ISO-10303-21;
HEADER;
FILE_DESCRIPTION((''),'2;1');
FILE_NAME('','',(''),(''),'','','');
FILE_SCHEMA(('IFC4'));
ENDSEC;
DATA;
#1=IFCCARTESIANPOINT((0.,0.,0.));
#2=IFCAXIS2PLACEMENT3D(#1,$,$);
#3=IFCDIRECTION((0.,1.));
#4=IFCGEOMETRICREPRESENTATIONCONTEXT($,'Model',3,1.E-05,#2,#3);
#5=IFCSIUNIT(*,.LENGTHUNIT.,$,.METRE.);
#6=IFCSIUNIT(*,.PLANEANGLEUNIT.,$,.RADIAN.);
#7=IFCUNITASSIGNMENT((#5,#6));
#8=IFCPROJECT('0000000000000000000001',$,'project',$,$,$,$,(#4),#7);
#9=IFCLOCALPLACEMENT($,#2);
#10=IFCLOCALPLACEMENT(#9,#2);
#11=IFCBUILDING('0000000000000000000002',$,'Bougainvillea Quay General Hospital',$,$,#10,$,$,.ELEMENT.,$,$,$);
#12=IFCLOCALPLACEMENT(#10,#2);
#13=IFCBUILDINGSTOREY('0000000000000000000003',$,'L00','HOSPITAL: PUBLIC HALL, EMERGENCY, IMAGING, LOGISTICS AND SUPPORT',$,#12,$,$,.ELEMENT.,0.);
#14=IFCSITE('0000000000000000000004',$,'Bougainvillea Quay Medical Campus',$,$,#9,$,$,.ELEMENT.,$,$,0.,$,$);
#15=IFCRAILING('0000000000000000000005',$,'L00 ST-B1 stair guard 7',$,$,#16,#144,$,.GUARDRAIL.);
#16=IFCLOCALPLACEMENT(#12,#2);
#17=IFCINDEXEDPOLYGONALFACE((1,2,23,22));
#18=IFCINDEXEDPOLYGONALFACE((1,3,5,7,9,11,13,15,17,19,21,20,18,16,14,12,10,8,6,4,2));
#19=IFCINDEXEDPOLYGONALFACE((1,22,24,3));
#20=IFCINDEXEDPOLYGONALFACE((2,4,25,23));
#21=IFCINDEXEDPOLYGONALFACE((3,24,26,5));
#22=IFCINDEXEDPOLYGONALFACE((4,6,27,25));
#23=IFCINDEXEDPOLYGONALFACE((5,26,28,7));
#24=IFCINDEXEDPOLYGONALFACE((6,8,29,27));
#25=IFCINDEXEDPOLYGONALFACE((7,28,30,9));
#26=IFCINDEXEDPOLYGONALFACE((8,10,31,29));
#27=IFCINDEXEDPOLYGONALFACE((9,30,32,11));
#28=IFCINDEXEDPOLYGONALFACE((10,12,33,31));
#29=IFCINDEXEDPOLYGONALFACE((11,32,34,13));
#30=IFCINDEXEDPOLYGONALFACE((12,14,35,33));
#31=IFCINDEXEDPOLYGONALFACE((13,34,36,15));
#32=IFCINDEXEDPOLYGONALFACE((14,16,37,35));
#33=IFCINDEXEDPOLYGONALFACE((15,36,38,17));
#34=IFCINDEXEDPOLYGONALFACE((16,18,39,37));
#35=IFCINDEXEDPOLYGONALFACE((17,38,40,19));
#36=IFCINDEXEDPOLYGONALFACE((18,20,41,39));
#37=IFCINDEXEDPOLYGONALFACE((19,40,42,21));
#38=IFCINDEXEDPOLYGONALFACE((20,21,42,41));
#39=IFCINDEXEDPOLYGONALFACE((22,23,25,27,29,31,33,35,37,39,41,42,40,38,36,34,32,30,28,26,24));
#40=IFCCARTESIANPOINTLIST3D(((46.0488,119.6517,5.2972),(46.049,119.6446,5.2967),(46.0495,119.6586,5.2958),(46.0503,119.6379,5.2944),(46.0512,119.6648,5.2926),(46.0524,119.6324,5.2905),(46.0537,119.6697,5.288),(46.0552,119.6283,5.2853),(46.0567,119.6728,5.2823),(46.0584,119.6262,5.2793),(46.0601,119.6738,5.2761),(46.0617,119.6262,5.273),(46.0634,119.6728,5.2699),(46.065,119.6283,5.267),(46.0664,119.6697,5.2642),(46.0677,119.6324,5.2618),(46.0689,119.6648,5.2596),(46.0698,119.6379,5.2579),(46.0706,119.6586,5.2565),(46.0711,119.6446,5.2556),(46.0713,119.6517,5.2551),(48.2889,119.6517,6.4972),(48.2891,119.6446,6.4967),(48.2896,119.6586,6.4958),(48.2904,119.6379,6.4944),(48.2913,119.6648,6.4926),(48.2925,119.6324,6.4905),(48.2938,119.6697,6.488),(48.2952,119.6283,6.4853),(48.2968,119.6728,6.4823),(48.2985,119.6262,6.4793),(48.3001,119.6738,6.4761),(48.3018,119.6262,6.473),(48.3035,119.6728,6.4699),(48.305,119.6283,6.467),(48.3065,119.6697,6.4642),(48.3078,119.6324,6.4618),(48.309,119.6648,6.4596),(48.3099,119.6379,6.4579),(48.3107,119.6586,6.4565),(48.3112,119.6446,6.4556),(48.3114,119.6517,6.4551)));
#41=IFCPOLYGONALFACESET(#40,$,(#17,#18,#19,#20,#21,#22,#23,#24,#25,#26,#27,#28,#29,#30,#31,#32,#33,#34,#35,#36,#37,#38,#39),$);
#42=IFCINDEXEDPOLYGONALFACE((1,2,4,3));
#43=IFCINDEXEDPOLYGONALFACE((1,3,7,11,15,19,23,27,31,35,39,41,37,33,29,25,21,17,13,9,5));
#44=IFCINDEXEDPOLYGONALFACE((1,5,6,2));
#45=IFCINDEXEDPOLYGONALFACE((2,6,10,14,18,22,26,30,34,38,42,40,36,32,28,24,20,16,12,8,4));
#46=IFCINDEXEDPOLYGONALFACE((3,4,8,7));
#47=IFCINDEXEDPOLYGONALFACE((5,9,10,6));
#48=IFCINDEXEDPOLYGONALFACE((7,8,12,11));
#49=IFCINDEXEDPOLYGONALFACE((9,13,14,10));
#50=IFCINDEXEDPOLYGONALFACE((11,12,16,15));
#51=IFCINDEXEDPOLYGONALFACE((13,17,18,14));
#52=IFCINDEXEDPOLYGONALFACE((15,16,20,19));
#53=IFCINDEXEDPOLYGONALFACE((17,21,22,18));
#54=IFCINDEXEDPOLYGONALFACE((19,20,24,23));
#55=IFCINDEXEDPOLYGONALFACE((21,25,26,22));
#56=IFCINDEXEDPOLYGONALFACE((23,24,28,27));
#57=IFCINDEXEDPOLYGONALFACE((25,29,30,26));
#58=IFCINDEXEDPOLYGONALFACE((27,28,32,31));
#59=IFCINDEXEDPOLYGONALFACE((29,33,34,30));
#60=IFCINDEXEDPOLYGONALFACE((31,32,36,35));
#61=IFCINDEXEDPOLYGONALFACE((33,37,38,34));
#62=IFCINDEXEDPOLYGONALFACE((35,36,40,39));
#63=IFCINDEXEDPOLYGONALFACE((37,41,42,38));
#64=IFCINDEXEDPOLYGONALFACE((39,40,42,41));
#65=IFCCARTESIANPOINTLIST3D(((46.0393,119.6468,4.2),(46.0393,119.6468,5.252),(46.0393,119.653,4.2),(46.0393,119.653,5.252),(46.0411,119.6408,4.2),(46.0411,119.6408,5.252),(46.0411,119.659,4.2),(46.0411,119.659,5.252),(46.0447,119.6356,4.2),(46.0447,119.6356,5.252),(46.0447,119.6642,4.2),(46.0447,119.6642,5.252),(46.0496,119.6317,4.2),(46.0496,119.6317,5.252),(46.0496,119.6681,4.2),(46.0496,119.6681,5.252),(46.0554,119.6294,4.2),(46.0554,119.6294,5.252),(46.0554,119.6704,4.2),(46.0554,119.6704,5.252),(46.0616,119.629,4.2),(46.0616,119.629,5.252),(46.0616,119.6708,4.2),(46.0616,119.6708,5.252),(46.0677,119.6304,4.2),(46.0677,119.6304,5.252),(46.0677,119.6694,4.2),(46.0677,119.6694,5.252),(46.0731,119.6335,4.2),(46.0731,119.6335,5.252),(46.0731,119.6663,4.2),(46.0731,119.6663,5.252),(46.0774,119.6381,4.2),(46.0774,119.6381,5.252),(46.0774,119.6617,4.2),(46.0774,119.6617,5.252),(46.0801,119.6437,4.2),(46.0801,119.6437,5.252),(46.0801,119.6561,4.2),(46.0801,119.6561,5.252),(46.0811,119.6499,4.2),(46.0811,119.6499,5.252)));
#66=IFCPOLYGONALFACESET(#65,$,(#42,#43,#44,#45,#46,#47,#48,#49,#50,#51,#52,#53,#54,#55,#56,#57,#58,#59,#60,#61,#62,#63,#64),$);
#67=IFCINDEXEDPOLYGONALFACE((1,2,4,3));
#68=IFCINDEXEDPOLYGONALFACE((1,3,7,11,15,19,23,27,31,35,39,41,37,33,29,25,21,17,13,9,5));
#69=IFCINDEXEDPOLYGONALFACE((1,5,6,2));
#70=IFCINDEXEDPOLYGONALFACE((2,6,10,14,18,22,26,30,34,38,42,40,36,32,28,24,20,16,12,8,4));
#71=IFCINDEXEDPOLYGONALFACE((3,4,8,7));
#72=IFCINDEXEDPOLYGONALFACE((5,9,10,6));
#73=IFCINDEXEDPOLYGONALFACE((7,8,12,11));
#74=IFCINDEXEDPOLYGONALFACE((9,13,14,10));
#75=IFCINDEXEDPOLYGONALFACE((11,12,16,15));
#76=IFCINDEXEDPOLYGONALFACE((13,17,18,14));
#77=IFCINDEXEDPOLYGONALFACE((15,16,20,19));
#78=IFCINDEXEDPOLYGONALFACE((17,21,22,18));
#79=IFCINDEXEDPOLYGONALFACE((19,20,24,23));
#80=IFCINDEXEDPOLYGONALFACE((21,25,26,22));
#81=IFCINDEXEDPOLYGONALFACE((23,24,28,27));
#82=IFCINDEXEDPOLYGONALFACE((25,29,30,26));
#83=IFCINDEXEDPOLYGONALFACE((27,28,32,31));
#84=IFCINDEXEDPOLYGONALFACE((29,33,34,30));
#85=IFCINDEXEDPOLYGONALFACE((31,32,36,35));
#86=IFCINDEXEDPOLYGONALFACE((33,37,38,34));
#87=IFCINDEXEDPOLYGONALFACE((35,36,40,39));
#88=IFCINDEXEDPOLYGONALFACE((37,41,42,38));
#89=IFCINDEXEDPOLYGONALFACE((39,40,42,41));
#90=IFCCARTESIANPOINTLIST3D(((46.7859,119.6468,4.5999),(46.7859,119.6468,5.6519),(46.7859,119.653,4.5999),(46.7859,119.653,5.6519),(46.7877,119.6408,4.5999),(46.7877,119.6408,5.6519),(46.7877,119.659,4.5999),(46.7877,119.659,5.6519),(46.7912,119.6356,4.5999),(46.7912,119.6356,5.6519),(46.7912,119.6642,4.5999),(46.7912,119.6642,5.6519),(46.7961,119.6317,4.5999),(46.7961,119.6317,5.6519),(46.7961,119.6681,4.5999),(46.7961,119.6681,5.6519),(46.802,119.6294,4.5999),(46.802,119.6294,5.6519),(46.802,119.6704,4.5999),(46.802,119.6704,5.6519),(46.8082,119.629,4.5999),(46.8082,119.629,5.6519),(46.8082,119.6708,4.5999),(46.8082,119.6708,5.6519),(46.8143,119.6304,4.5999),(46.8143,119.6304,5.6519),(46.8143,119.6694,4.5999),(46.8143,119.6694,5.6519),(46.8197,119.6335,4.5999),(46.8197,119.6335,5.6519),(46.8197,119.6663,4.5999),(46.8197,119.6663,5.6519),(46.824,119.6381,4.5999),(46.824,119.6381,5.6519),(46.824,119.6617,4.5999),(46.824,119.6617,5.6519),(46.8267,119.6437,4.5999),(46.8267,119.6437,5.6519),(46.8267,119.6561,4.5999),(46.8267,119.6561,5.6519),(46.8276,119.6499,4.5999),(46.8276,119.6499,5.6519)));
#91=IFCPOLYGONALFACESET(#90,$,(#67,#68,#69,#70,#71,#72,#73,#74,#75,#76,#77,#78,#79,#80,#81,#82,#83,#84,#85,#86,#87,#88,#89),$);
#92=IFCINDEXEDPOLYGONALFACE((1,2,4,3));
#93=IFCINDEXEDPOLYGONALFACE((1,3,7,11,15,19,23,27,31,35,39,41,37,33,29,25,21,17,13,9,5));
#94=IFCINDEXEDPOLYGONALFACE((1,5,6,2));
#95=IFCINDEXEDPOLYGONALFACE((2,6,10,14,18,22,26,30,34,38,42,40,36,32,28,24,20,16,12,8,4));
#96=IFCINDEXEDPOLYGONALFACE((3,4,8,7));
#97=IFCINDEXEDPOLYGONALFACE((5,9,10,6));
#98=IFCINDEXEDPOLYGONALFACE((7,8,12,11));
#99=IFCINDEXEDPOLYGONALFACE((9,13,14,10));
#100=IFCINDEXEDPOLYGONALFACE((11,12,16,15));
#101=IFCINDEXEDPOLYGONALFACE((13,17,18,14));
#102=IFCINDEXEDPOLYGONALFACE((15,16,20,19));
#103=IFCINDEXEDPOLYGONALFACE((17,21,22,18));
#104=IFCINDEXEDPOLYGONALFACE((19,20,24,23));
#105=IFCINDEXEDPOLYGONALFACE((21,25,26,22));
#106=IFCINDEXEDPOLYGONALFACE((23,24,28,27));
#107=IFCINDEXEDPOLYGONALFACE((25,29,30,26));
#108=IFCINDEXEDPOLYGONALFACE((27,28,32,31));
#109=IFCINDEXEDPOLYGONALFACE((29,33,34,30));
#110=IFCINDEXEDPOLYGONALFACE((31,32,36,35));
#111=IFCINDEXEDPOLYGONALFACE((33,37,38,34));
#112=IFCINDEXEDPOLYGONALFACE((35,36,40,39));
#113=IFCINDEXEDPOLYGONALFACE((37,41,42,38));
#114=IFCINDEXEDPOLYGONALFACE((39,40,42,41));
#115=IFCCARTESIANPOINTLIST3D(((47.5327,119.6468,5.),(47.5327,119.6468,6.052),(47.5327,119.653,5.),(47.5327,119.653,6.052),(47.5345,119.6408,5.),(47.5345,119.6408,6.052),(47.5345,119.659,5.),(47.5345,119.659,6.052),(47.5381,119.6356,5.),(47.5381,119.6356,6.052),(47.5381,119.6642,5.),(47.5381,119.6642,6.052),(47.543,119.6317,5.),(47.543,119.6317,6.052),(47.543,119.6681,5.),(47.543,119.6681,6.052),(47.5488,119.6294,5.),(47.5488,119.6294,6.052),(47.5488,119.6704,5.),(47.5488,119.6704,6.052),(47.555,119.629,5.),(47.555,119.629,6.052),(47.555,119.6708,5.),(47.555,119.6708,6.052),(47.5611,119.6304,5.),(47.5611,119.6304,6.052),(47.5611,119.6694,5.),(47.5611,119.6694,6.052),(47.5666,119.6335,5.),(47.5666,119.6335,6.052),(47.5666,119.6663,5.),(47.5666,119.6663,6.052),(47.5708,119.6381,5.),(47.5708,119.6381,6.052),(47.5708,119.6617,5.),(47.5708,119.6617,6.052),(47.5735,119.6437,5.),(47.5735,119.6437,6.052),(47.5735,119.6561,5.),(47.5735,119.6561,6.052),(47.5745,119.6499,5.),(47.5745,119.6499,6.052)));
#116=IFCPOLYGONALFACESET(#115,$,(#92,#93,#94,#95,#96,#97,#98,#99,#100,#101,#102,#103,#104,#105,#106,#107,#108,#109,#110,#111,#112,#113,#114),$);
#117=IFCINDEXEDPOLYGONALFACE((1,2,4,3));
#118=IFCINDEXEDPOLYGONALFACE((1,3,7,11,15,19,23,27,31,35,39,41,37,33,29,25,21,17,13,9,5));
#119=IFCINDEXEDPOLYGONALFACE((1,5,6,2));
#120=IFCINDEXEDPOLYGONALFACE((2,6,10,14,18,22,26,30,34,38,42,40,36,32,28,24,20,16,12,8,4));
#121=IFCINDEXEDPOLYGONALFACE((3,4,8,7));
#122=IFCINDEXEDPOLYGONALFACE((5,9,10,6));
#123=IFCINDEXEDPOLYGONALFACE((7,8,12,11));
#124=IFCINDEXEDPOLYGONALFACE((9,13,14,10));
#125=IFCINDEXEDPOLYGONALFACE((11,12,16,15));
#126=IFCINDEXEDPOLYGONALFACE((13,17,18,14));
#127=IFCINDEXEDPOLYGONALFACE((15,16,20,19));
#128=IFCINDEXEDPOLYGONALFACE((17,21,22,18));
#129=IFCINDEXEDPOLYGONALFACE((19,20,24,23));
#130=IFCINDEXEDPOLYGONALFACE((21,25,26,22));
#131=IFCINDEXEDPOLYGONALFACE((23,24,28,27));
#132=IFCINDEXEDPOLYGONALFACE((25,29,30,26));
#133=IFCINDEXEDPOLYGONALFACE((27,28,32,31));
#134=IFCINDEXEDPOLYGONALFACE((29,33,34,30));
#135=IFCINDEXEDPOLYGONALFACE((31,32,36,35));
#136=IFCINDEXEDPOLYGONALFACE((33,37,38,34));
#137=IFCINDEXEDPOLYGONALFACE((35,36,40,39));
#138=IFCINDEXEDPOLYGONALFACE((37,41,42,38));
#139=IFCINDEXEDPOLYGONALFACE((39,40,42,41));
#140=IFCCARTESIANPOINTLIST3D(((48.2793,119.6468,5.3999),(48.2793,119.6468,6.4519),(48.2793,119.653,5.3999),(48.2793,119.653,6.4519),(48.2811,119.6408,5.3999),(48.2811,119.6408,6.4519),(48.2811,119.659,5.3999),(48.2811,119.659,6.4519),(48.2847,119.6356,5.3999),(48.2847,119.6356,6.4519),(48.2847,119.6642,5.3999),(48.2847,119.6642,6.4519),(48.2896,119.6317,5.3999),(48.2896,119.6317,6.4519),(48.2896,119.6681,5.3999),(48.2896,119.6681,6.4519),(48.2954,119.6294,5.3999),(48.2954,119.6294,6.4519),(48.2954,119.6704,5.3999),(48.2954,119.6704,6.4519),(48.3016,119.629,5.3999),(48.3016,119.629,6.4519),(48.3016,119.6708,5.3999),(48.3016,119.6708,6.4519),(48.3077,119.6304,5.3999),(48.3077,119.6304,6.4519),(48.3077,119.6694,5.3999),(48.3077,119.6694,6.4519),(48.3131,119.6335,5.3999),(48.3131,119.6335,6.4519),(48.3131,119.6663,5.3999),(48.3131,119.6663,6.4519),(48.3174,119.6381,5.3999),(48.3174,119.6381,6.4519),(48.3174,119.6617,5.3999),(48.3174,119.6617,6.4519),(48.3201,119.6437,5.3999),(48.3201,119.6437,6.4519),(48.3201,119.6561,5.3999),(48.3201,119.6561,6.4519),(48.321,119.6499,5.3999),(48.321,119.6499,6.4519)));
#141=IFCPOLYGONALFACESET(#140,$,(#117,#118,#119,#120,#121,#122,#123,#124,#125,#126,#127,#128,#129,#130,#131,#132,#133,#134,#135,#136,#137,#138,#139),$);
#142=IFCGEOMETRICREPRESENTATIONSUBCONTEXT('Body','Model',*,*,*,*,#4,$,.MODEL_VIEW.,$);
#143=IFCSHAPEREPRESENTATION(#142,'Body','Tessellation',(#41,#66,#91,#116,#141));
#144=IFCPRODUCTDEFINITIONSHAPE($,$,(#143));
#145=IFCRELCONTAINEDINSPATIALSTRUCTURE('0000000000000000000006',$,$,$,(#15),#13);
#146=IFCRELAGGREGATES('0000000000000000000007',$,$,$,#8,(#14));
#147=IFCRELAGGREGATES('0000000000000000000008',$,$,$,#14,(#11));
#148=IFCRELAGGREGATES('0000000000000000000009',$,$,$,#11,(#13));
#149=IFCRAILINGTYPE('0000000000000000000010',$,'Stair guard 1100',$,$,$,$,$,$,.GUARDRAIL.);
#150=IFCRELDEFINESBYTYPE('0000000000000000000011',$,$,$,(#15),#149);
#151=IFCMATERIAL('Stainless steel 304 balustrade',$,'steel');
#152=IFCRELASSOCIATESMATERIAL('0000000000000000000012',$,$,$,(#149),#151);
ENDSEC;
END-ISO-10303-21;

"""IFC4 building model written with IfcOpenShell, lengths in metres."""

from ifc_helpers import new_model, si_unit, direction, frame, origin, origin_2d, place, context, subcontext, project, spatial, circle, extrude, material, type_object, element, save


model = new_model("IFC4")

# Units and contexts
model_context = context("Model", 3, precision=1e-05, world=origin(), true_north=direction((0.0, 1.0)))
body_context = subcontext(model_context, "Body", "Model", "MODEL_VIEW")
ifc_project = project(units=[si_unit("LENGTHUNIT", "METRE"), si_unit("PLANEANGLEUNIT", "RADIAN")], contexts=[model_context])

# Site, building, storey
site_placement = place(None, origin())
site = spatial("IfcSite", under=ifc_project, at=site_placement, Name="Bougainvillea Quay Medical Campus", CompositionType="ELEMENT", RefElevation=0.0)
building_placement = place(site_placement, origin())
building = spatial("IfcBuilding", under=site, at=building_placement, Name="Bougainvillea Quay General Hospital", CompositionType="ELEMENT")
storey_placement = place(building_placement, origin())
storey = spatial("IfcBuildingStorey", under=building, at=storey_placement, Name="L00", Description="HOSPITAL: PUBLIC HALL, EMERGENCY, IMAGING, LOGISTICS AND SUPPORT", CompositionType="ELEMENT", Elevation=0.0)

# Railing
ifc_material_1 = material(Name="Stainless steel 304 balustrade", Category="steel")
railing_type_1 = type_object("IfcRailingType", Name="Stair guard 1100", PredefinedType="GUARDRAIL", material=ifc_material_1)
railing_1_placement = place(storey_placement, frame((46.0601, 119.6499, 4.2)))
element("IfcRailing", 1, at=railing_1_placement, inside=storey, type_object=railing_type_1, Name="L00 ST-B1 stair guard 7", PredefinedType="GUARDRAIL", context=body_context, shape_type="SweptSolid", body=[
    extrude(circle(Radius=0.0239, at=origin_2d()), frame((0.0, 0.0, 1.0762), z_axis=(0.881487, 0.0, 0.472208), x_axis=(0.0, 1.0, 0.0)), (0.0, 0.0, 1.0), 2.5413),
    extrude(circle(Radius=0.021, at=origin_2d()), origin(), (0.0, 0.0, 1.0), 1.052),
    extrude(circle(Radius=0.021, at=origin_2d()), frame((0.7466, 0.0, 0.3999)), (0.0, 0.0, 1.0), 1.052),
    extrude(circle(Radius=0.021, at=origin_2d()), frame((1.4934, 0.0, 0.8)), (0.0, 0.0, 1.0), 1.052),
    extrude(circle(Radius=0.021, at=origin_2d()), frame((2.24, 0.0, 1.2)), (0.0, 0.0, 1.0), 1.052),
])

save(model, "model.ifc")
